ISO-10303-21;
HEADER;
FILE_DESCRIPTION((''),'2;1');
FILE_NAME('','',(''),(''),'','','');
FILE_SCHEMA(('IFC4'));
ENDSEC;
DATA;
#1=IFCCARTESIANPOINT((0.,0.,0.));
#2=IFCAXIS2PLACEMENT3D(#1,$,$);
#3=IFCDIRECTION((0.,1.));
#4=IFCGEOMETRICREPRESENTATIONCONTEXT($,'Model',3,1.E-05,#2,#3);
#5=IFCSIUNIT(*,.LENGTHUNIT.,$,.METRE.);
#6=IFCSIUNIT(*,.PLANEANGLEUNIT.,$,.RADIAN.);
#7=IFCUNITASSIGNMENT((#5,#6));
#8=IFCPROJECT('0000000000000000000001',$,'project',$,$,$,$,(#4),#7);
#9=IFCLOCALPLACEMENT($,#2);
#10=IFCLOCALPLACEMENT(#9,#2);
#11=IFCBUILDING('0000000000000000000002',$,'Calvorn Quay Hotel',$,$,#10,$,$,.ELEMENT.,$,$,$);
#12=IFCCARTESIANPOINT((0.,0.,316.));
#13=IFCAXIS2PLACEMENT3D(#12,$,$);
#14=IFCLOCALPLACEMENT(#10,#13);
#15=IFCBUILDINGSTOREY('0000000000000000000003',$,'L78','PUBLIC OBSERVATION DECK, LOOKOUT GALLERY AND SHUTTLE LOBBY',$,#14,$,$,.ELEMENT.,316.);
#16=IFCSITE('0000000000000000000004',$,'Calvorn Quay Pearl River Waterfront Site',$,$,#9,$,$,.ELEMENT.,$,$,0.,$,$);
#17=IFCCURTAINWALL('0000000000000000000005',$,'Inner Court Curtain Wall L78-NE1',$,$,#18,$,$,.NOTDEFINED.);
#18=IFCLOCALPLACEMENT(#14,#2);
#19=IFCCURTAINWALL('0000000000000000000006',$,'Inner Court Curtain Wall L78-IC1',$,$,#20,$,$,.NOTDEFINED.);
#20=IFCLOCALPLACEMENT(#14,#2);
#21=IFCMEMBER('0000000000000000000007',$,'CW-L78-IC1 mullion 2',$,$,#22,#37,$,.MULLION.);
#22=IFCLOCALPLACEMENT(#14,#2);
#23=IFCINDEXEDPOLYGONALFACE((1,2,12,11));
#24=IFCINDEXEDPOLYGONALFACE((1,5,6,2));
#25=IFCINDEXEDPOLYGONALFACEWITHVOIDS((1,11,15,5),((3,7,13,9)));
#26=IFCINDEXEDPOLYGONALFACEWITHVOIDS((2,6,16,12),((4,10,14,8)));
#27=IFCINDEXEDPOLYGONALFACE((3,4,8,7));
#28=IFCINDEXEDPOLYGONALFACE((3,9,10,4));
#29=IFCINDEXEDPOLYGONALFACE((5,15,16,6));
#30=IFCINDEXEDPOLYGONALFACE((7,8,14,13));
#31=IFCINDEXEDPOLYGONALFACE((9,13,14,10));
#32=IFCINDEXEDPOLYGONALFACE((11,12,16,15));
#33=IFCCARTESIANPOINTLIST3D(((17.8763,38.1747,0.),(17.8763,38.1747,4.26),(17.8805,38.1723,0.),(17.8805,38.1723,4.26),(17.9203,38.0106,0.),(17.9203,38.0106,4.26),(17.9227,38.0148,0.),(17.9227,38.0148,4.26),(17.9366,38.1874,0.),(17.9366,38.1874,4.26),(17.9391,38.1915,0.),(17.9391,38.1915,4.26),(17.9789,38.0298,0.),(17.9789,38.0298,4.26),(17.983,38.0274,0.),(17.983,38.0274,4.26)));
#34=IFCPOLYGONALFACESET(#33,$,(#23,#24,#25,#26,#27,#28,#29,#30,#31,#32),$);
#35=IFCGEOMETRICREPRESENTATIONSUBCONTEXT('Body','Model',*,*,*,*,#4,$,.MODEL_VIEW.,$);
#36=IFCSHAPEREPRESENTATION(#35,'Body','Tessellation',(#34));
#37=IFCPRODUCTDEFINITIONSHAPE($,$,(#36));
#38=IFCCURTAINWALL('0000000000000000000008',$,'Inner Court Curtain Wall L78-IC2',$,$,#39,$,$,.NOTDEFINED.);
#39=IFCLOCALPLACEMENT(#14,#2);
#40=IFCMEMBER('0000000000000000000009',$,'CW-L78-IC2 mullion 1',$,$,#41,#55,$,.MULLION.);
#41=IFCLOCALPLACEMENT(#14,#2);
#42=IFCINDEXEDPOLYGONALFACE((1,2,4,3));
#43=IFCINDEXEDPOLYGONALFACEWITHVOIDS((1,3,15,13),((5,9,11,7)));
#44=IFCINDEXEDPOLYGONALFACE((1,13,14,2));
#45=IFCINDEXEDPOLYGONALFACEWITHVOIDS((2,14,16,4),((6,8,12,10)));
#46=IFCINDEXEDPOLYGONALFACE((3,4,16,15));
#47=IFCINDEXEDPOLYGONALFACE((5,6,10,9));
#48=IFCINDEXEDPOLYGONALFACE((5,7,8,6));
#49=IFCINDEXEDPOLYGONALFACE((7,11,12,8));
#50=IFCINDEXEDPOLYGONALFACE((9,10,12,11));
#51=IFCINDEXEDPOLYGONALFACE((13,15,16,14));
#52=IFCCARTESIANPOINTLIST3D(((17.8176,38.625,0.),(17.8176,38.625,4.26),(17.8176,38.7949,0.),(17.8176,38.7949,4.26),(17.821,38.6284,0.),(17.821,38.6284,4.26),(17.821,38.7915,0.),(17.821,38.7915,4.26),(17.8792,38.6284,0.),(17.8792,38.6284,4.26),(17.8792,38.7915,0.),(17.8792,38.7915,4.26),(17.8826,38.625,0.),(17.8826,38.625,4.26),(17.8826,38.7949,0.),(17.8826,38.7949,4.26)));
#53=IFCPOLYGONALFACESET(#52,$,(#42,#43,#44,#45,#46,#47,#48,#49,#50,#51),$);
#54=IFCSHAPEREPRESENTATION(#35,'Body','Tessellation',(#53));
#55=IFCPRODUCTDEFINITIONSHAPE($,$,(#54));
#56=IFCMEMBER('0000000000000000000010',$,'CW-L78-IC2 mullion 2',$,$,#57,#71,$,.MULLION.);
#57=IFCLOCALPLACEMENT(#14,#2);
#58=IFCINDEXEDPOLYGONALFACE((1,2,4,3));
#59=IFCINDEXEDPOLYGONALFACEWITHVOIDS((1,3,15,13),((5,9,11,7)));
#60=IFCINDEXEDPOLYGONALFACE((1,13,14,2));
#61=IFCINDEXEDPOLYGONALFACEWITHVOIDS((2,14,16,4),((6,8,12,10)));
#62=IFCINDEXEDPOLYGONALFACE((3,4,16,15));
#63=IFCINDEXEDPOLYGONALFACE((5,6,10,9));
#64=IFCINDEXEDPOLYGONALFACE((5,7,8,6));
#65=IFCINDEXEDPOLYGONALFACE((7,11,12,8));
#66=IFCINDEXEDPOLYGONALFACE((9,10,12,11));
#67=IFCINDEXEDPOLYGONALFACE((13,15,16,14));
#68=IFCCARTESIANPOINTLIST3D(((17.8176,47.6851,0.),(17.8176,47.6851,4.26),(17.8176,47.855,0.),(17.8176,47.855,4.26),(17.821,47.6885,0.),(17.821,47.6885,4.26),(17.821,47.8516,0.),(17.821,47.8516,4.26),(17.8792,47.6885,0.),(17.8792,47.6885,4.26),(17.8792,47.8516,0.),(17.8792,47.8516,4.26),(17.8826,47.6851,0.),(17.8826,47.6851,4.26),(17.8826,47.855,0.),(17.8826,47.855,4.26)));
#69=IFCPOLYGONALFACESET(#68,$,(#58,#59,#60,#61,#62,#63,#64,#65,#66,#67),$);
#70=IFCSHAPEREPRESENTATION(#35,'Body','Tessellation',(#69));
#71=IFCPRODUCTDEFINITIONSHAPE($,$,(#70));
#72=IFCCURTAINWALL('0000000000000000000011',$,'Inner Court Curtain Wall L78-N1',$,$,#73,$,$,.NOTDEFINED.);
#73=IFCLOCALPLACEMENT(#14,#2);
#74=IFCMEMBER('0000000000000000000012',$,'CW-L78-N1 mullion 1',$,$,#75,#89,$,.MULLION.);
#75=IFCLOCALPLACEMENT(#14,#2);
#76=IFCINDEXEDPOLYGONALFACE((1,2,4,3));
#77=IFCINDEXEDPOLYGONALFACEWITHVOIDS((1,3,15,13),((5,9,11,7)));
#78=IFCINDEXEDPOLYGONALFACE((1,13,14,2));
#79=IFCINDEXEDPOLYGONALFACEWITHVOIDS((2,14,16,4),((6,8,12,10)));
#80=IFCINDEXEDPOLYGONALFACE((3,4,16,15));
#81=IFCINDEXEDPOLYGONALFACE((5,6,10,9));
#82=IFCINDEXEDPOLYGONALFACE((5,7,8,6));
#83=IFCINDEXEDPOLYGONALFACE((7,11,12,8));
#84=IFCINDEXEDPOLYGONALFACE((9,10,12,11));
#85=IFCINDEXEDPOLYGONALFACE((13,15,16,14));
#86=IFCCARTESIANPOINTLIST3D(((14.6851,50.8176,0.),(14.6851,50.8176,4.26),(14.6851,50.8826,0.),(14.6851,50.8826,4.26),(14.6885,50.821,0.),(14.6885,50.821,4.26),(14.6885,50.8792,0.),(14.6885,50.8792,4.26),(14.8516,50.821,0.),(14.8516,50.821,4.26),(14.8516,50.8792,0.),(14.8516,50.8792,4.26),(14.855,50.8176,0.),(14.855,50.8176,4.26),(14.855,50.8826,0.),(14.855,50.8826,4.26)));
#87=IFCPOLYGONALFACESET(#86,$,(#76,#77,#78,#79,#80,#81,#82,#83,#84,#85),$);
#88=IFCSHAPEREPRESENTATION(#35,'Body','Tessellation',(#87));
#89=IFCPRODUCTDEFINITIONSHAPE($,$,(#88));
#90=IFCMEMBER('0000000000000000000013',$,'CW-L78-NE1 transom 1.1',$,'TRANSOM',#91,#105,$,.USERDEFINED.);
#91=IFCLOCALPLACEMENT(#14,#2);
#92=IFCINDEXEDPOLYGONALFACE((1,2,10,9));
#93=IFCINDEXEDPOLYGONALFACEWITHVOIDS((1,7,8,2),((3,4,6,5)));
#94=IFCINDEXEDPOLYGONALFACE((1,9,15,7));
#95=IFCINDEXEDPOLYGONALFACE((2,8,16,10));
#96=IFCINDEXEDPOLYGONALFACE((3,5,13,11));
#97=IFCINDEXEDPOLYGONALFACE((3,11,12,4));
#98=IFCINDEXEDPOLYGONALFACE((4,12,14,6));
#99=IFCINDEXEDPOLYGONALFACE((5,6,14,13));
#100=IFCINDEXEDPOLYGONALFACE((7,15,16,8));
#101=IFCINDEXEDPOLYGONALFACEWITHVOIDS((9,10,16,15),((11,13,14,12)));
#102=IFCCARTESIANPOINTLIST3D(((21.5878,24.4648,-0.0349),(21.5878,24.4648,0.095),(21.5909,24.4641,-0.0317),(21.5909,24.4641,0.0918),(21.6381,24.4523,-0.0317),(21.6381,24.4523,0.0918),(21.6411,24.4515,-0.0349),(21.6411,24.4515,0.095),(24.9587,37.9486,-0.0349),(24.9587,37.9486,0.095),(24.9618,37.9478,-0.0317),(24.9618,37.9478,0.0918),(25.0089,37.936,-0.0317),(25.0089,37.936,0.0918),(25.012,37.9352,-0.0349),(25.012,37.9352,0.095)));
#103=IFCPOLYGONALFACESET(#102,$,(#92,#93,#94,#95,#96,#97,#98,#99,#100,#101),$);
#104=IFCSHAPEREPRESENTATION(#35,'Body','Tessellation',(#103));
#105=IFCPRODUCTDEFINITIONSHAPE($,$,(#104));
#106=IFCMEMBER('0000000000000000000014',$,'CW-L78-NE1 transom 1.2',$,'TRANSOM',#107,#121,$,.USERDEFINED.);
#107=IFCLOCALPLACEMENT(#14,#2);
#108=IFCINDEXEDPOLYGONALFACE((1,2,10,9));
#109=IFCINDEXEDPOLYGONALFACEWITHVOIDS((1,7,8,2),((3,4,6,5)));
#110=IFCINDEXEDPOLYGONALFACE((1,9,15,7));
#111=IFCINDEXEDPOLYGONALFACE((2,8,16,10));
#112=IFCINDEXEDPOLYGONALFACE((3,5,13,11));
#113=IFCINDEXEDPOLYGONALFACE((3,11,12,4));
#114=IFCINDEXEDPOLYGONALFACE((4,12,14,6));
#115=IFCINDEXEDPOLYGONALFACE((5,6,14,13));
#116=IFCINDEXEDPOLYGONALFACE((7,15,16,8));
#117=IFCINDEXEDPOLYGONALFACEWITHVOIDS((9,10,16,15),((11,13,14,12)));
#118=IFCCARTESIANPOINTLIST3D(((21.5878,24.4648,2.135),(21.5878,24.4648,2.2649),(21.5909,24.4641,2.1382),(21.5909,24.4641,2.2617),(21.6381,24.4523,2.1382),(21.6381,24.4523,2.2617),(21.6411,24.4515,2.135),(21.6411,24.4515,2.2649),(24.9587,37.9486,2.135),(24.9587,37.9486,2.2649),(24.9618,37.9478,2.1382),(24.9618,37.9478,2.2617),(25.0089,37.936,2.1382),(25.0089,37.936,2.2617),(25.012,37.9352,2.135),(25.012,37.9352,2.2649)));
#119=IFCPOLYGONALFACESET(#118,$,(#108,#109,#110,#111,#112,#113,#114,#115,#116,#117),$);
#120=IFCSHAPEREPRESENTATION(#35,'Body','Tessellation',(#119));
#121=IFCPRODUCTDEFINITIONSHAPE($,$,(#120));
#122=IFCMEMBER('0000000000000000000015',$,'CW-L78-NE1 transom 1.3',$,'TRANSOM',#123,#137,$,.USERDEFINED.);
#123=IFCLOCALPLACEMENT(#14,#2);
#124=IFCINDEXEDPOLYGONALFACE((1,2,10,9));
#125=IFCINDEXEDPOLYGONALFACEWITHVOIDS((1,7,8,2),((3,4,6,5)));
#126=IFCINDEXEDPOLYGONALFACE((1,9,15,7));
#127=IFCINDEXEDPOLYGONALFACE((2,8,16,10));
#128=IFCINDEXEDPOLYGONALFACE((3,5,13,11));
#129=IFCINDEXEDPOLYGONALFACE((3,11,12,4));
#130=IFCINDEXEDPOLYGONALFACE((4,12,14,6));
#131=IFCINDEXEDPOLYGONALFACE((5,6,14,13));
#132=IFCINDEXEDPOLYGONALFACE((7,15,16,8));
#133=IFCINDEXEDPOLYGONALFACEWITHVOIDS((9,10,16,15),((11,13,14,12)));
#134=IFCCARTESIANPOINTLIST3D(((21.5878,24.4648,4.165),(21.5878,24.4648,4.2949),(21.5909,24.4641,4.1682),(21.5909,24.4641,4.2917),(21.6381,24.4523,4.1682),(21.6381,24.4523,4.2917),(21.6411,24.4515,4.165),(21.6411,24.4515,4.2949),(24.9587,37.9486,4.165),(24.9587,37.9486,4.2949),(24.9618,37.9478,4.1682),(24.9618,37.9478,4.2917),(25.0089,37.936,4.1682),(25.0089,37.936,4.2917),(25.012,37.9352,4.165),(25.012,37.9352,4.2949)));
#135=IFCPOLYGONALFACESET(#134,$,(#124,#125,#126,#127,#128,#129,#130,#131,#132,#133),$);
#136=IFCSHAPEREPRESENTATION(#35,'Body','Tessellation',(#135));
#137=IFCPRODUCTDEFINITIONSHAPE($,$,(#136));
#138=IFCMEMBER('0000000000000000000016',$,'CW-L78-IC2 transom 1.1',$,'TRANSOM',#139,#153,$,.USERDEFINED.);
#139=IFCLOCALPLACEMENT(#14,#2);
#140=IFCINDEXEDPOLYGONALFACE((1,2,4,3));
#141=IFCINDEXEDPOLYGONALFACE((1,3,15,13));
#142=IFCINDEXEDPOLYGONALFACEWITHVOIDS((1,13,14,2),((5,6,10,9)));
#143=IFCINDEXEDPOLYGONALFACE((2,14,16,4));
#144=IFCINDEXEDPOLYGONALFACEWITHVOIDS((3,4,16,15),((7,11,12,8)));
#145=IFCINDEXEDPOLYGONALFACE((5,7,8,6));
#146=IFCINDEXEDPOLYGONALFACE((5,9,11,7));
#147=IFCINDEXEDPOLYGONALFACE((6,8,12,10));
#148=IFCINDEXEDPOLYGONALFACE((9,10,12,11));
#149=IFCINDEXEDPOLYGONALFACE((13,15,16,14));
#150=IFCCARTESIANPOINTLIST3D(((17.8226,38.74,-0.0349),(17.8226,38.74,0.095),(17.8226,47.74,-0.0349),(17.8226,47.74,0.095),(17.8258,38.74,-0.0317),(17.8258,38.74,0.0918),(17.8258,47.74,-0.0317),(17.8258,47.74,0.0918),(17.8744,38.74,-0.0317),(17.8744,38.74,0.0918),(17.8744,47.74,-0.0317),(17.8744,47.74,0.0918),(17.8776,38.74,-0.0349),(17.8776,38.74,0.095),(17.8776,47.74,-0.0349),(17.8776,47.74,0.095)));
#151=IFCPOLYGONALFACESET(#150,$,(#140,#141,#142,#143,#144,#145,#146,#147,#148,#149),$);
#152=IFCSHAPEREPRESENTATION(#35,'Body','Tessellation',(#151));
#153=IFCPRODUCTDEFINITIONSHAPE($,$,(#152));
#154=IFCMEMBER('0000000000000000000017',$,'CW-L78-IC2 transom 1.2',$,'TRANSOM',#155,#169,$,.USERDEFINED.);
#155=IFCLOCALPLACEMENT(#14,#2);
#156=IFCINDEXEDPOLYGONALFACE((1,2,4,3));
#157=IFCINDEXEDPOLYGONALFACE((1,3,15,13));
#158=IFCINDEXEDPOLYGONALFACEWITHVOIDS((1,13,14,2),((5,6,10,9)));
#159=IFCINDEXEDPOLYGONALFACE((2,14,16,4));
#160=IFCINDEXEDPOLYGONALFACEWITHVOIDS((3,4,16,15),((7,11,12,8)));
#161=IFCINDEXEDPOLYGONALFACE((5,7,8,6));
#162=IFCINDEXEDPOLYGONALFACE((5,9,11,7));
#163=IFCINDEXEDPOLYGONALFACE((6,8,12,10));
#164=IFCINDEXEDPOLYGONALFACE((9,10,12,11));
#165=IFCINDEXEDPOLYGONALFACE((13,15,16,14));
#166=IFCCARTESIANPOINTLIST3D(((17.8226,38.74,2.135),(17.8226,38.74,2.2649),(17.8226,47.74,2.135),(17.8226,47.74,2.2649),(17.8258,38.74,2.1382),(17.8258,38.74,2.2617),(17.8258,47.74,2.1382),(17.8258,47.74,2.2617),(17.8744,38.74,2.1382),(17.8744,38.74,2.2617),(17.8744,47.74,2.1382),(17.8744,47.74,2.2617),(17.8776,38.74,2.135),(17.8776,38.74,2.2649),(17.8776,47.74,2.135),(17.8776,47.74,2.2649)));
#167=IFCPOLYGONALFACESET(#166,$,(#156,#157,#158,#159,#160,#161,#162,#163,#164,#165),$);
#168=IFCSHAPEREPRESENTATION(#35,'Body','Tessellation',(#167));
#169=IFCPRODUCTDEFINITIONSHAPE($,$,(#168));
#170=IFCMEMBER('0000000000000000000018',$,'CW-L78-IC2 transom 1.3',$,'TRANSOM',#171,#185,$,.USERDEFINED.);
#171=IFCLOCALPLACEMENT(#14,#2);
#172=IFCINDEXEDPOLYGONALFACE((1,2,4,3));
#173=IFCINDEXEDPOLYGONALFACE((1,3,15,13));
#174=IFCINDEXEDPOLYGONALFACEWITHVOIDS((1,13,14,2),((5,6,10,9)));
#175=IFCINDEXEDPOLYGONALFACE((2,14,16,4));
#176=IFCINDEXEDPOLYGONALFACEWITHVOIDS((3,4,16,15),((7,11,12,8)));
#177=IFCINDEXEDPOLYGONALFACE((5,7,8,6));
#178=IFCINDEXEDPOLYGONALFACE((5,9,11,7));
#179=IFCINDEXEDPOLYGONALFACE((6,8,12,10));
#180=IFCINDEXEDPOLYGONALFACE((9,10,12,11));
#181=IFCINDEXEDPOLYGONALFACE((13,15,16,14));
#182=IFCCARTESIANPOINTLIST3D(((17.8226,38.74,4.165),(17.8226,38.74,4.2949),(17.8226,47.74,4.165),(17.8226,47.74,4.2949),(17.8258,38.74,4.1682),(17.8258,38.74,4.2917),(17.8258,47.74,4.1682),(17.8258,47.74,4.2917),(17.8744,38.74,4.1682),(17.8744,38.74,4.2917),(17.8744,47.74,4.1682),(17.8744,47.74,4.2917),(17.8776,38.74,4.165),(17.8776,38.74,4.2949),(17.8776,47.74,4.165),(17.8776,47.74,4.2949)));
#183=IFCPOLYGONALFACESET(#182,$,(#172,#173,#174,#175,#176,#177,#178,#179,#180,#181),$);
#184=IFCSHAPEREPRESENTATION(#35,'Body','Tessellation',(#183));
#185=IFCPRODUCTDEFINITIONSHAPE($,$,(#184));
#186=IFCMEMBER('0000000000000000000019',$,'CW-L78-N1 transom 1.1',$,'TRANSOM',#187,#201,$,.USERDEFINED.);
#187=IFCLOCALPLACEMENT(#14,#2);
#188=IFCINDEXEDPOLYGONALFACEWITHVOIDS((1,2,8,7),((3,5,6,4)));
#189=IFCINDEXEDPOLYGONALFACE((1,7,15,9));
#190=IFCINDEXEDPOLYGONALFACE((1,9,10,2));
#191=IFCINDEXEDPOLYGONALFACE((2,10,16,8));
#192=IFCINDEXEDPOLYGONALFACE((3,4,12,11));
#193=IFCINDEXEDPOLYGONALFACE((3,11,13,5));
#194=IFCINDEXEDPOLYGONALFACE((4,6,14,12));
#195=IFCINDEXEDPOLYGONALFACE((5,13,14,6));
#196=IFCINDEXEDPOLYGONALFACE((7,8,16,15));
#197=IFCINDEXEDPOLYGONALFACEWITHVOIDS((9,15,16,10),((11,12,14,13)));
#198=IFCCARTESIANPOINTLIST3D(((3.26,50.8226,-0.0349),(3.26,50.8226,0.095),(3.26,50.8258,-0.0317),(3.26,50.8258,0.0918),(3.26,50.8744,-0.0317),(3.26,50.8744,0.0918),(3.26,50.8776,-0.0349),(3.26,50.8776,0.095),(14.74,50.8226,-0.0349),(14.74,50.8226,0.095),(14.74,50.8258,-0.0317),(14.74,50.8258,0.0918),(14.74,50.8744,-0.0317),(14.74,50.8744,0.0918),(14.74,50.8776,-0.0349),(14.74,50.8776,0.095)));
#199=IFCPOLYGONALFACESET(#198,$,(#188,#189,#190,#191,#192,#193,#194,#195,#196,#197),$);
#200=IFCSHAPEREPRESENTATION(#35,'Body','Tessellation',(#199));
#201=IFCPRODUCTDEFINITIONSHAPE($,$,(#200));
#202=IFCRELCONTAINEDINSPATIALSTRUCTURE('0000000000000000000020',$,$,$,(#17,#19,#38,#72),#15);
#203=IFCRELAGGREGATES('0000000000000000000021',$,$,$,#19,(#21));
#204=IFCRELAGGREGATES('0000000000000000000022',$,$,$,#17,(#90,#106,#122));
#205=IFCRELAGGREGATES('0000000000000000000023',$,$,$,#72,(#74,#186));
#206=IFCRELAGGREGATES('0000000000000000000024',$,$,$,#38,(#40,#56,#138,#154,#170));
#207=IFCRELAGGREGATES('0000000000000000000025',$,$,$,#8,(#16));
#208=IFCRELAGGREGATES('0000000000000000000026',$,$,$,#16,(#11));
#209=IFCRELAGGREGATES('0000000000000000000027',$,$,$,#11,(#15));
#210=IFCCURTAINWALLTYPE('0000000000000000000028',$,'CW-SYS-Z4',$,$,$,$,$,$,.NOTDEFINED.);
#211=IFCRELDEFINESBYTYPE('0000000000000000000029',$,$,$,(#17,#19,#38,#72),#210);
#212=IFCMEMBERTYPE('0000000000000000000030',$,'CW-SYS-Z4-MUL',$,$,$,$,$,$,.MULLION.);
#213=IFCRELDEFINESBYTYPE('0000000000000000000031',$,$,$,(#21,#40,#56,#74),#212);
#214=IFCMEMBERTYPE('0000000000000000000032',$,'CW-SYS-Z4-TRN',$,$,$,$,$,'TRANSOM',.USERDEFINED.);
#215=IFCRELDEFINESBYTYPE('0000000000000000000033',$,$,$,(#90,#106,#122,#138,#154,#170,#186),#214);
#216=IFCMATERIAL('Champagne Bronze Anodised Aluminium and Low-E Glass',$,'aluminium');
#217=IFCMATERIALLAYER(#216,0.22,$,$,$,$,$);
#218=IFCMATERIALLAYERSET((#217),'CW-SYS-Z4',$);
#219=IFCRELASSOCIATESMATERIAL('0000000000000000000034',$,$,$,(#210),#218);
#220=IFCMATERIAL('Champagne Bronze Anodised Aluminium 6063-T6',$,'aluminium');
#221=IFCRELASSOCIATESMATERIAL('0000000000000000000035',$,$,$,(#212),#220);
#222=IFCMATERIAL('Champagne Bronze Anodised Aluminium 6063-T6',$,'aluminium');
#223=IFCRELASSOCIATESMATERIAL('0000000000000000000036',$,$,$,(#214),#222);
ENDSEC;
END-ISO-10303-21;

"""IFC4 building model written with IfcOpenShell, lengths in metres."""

from ifc_helpers import new_model, si_unit, direction, frame, origin, origin_2d, place, context, subcontext, project, spatial, hollow_rectangle, extrude, material, layer, layer_set, material_profile, profile_set, type_object, element, aggregate, save


model = new_model("IFC4")

# Units and contexts
model_context = context("Model", 3, precision=1e-05, world=origin(), true_north=direction((0.0, 1.0)))
body_context = subcontext(model_context, "Body", "Model", "MODEL_VIEW")
ifc_project = project(units=[si_unit("LENGTHUNIT", "METRE"), si_unit("PLANEANGLEUNIT", "RADIAN")], contexts=[model_context])

# Site, building, storey
site_placement = place(None, origin())
site = spatial("IfcSite", under=ifc_project, at=site_placement, Name="Calvorn Quay Pearl River Waterfront Site", CompositionType="ELEMENT", RefElevation=0.0)
building_placement = place(site_placement, origin())
building = spatial("IfcBuilding", under=site, at=building_placement, Name="Calvorn Quay Hotel", CompositionType="ELEMENT")
storey_placement = place(building_placement, frame((0.0, 0.0, 316.0)))
storey = spatial("IfcBuildingStorey", under=building, at=storey_placement, Name="L78", Description="PUBLIC OBSERVATION DECK, LOOKOUT GALLERY AND SHUTTLE LOBBY", CompositionType="ELEMENT", Elevation=316.0)

# Curtain walls, member
ifc_material_1 = material(Name="Champagne Bronze Anodised Aluminium and Low-E Glass", Category="aluminium")
ifc_layer_1 = layer(ifc_material_1, 0.22)
ifc_layer_set_1 = layer_set([ifc_layer_1], Name="CW-SYS-Z4")
curtain_wall_type = type_object("IfcCurtainWallType", Name="CW-SYS-Z4", PredefinedType="NOTDEFINED", material=ifc_layer_set_1)
curtain_wall_1_placement = place(storey_placement, origin())
curtain_wall_1 = element("IfcCurtainWall", 1, at=curtain_wall_1_placement, inside=storey, type_object=curtain_wall_type, Name="Inner Court Curtain Wall L78-NE1", PredefinedType="NOTDEFINED")
ifc_material_2 = material(Name="Champagne Bronze Anodised Aluminium 6063-T6", Category="aluminium")
ifc_material_profile_1 = material_profile(ifc_material_2, hollow_rectangle(XDim=0.0649, YDim=0.1699, WallThickness=0.0034, at=origin_2d()), Name="ALU-M170x65x3.5")
ifc_profile_set_1 = profile_set([ifc_material_profile_1], Name="Champagne Bronze Anodised Aluminium 6063-T6")
member_type_1 = type_object("IfcMemberType", Name="CW-SYS-Z4-MUL", PredefinedType="MULLION", material=ifc_profile_set_1)
curtain_wall_2_placement = place(storey_placement, origin())
curtain_wall_2 = element("IfcCurtainWall", 2, at=curtain_wall_2_placement, inside=storey, type_object=curtain_wall_type, Name="Inner Court Curtain Wall L78-IC1", PredefinedType="NOTDEFINED")
member_1_placement = place(storey_placement, frame((17.9297, 38.1011, 0.0), z_axis=(0.0, 0.0, 1.0), x_axis=(-0.965937, -0.258779, 0.0)))
member_1 = element("IfcMember", 3, at=member_1_placement, type_object=member_type_1, Name="CW-L78-IC1 mullion 2", PredefinedType="MULLION", context=body_context, shape_type="SweptSolid", body=[
    extrude(hollow_rectangle(XDim=0.0649, YDim=0.1699, WallThickness=0.0034, at=origin_2d()), origin(), (0.0, 0.0, 1.0), 4.26),
])
aggregate(curtain_wall_2, [member_1])

# Curtain wall, members
curtain_wall_3_placement = place(storey_placement, origin())
curtain_wall_3 = element("IfcCurtainWall", 4, at=curtain_wall_3_placement, inside=storey, type_object=curtain_wall_type, Name="Inner Court Curtain Wall L78-IC2", PredefinedType="NOTDEFINED")
member_2_placement = place(storey_placement, frame((17.8501, 38.71, 0.0), z_axis=(0.0, 0.0, 1.0), x_axis=(-1.0, 0.0, 0.0)))
member_2 = element("IfcMember", 5, at=member_2_placement, type_object=member_type_1, Name="CW-L78-IC2 mullion 1", PredefinedType="MULLION", context=body_context, shape_type="SweptSolid", body=[
    extrude(hollow_rectangle(XDim=0.0649, YDim=0.1699, WallThickness=0.0034, at=origin_2d()), origin(), (0.0, 0.0, 1.0), 4.26),
])
member_3_placement = place(storey_placement, frame((17.8501, 47.77, 0.0), z_axis=(0.0, 0.0, 1.0), x_axis=(-1.0, 0.0, 0.0)))
member_3 = element("IfcMember", 6, at=member_3_placement, type_object=member_type_1, Name="CW-L78-IC2 mullion 2", PredefinedType="MULLION", context=body_context, shape_type="SweptSolid", body=[
    extrude(hollow_rectangle(XDim=0.0649, YDim=0.1699, WallThickness=0.0034, at=origin_2d()), origin(), (0.0, 0.0, 1.0), 4.26),
])

# Curtain wall, member
curtain_wall_4_placement = place(storey_placement, origin())
curtain_wall_4 = element("IfcCurtainWall", 7, at=curtain_wall_4_placement, inside=storey, type_object=curtain_wall_type, Name="Inner Court Curtain Wall L78-N1", PredefinedType="NOTDEFINED")
member_4_placement = place(storey_placement, frame((14.77, 50.8501, 0.0), z_axis=(0.0, 0.0, 1.0), x_axis=(0.0, -1.0, 0.0)))
member_4 = element("IfcMember", 8, at=member_4_placement, type_object=member_type_1, Name="CW-L78-N1 mullion 1", PredefinedType="MULLION", context=body_context, shape_type="SweptSolid", body=[
    extrude(hollow_rectangle(XDim=0.0649, YDim=0.1699, WallThickness=0.0034, at=origin_2d()), origin(), (0.0, 0.0, 1.0), 4.26),
])

# Members
ifc_material_3 = material(Name="Champagne Bronze Anodised Aluminium 6063-T6", Category="aluminium")
ifc_material_profile_2 = material_profile(ifc_material_3, hollow_rectangle(XDim=0.0549, YDim=0.1299, WallThickness=0.0032, at=origin_2d()), Name="ALU-T130x55x3.2")
ifc_profile_set_2 = profile_set([ifc_material_profile_2], Name="Champagne Bronze Anodised Aluminium 6063-T6")
member_type_2 = type_object("IfcMemberType", Name="CW-SYS-Z4-TRN", ElementType="TRANSOM", PredefinedType="USERDEFINED", material=ifc_profile_set_2)
member_5_placement = place(storey_placement, frame((24.9854, 37.9419, 0.03), z_axis=(-0.242531, -0.970144, 0.0), x_axis=(0.970144, -0.242531, 0.0)))
member_5 = element("IfcMember", 9, at=member_5_placement, type_object=member_type_2, Name="CW-L78-NE1 transom 1.1", ObjectType="TRANSOM", PredefinedType="USERDEFINED", context=body_context, shape_type="SweptSolid", body=[
    extrude(hollow_rectangle(XDim=0.0549, YDim=0.1299, WallThickness=0.0032, at=origin_2d()), origin(), (0.0, 0.0, 1.0), 13.8987),
])
member_6_placement = place(storey_placement, frame((24.9854, 37.9419, 2.2), z_axis=(-0.242531, -0.970144, 0.0), x_axis=(0.970144, -0.242531, 0.0)))
member_6 = element("IfcMember", 10, at=member_6_placement, type_object=member_type_2, Name="CW-L78-NE1 transom 1.2", ObjectType="TRANSOM", PredefinedType="USERDEFINED", context=body_context, shape_type="SweptSolid", body=[
    extrude(hollow_rectangle(XDim=0.0549, YDim=0.1299, WallThickness=0.0032, at=origin_2d()), origin(), (0.0, 0.0, 1.0), 13.8987),
])
member_7_placement = place(storey_placement, frame((24.9854, 37.9419, 4.23), z_axis=(-0.242531, -0.970144, 0.0), x_axis=(0.970144, -0.242531, 0.0)))
member_7 = element("IfcMember", 11, at=member_7_placement, type_object=member_type_2, Name="CW-L78-NE1 transom 1.3", ObjectType="TRANSOM", PredefinedType="USERDEFINED", context=body_context, shape_type="SweptSolid", body=[
    extrude(hollow_rectangle(XDim=0.0549, YDim=0.1299, WallThickness=0.0032, at=origin_2d()), origin(), (0.0, 0.0, 1.0), 13.8987),
])
aggregate(curtain_wall_1, [member_5, member_6, member_7])
member_8_placement = place(storey_placement, frame((17.8501, 38.74, 0.03), z_axis=(0.0, 1.0, 0.0), x_axis=(-1.0, 0.0, 0.0)))
member_8 = element("IfcMember", 12, at=member_8_placement, type_object=member_type_2, Name="CW-L78-IC2 transom 1.1", ObjectType="TRANSOM", PredefinedType="USERDEFINED", context=body_context, shape_type="SweptSolid", body=[
    extrude(hollow_rectangle(XDim=0.0549, YDim=0.1299, WallThickness=0.0032, at=origin_2d()), origin(), (0.0, 0.0, 1.0), 9.0),
])
member_9_placement = place(storey_placement, frame((17.8501, 38.74, 2.2), z_axis=(0.0, 1.0, 0.0), x_axis=(-1.0, 0.0, 0.0)))
member_9 = element("IfcMember", 13, at=member_9_placement, type_object=member_type_2, Name="CW-L78-IC2 transom 1.2", ObjectType="TRANSOM", PredefinedType="USERDEFINED", context=body_context, shape_type="SweptSolid", body=[
    extrude(hollow_rectangle(XDim=0.0549, YDim=0.1299, WallThickness=0.0032, at=origin_2d()), origin(), (0.0, 0.0, 1.0), 9.0),
])
member_10_placement = place(storey_placement, frame((17.8501, 38.74, 4.23), z_axis=(0.0, 1.0, 0.0), x_axis=(-1.0, 0.0, 0.0)))
member_10 = element("IfcMember", 14, at=member_10_placement, type_object=member_type_2, Name="CW-L78-IC2 transom 1.3", ObjectType="TRANSOM", PredefinedType="USERDEFINED", context=body_context, shape_type="SweptSolid", body=[
    extrude(hollow_rectangle(XDim=0.0549, YDim=0.1299, WallThickness=0.0032, at=origin_2d()), origin(), (0.0, 0.0, 1.0), 9.0),
])
member_11_placement = place(storey_placement, frame((14.74, 50.8501, 0.03), z_axis=(-1.0, 0.0, 0.0), x_axis=(0.0, -1.0, 0.0)))
member_11 = element("IfcMember", 15, at=member_11_placement, type_object=member_type_2, Name="CW-L78-N1 transom 1.1", ObjectType="TRANSOM", PredefinedType="USERDEFINED", context=body_context, shape_type="SweptSolid", body=[
    extrude(hollow_rectangle(XDim=0.0549, YDim=0.1299, WallThickness=0.0032, at=origin_2d()), origin(), (0.0, 0.0, 1.0), 11.48),
])
aggregate(curtain_wall_4, [member_4, member_11])

aggregate(curtain_wall_3, [member_2, member_3, member_8, member_9, member_10])

save(model, "model.ifc")
